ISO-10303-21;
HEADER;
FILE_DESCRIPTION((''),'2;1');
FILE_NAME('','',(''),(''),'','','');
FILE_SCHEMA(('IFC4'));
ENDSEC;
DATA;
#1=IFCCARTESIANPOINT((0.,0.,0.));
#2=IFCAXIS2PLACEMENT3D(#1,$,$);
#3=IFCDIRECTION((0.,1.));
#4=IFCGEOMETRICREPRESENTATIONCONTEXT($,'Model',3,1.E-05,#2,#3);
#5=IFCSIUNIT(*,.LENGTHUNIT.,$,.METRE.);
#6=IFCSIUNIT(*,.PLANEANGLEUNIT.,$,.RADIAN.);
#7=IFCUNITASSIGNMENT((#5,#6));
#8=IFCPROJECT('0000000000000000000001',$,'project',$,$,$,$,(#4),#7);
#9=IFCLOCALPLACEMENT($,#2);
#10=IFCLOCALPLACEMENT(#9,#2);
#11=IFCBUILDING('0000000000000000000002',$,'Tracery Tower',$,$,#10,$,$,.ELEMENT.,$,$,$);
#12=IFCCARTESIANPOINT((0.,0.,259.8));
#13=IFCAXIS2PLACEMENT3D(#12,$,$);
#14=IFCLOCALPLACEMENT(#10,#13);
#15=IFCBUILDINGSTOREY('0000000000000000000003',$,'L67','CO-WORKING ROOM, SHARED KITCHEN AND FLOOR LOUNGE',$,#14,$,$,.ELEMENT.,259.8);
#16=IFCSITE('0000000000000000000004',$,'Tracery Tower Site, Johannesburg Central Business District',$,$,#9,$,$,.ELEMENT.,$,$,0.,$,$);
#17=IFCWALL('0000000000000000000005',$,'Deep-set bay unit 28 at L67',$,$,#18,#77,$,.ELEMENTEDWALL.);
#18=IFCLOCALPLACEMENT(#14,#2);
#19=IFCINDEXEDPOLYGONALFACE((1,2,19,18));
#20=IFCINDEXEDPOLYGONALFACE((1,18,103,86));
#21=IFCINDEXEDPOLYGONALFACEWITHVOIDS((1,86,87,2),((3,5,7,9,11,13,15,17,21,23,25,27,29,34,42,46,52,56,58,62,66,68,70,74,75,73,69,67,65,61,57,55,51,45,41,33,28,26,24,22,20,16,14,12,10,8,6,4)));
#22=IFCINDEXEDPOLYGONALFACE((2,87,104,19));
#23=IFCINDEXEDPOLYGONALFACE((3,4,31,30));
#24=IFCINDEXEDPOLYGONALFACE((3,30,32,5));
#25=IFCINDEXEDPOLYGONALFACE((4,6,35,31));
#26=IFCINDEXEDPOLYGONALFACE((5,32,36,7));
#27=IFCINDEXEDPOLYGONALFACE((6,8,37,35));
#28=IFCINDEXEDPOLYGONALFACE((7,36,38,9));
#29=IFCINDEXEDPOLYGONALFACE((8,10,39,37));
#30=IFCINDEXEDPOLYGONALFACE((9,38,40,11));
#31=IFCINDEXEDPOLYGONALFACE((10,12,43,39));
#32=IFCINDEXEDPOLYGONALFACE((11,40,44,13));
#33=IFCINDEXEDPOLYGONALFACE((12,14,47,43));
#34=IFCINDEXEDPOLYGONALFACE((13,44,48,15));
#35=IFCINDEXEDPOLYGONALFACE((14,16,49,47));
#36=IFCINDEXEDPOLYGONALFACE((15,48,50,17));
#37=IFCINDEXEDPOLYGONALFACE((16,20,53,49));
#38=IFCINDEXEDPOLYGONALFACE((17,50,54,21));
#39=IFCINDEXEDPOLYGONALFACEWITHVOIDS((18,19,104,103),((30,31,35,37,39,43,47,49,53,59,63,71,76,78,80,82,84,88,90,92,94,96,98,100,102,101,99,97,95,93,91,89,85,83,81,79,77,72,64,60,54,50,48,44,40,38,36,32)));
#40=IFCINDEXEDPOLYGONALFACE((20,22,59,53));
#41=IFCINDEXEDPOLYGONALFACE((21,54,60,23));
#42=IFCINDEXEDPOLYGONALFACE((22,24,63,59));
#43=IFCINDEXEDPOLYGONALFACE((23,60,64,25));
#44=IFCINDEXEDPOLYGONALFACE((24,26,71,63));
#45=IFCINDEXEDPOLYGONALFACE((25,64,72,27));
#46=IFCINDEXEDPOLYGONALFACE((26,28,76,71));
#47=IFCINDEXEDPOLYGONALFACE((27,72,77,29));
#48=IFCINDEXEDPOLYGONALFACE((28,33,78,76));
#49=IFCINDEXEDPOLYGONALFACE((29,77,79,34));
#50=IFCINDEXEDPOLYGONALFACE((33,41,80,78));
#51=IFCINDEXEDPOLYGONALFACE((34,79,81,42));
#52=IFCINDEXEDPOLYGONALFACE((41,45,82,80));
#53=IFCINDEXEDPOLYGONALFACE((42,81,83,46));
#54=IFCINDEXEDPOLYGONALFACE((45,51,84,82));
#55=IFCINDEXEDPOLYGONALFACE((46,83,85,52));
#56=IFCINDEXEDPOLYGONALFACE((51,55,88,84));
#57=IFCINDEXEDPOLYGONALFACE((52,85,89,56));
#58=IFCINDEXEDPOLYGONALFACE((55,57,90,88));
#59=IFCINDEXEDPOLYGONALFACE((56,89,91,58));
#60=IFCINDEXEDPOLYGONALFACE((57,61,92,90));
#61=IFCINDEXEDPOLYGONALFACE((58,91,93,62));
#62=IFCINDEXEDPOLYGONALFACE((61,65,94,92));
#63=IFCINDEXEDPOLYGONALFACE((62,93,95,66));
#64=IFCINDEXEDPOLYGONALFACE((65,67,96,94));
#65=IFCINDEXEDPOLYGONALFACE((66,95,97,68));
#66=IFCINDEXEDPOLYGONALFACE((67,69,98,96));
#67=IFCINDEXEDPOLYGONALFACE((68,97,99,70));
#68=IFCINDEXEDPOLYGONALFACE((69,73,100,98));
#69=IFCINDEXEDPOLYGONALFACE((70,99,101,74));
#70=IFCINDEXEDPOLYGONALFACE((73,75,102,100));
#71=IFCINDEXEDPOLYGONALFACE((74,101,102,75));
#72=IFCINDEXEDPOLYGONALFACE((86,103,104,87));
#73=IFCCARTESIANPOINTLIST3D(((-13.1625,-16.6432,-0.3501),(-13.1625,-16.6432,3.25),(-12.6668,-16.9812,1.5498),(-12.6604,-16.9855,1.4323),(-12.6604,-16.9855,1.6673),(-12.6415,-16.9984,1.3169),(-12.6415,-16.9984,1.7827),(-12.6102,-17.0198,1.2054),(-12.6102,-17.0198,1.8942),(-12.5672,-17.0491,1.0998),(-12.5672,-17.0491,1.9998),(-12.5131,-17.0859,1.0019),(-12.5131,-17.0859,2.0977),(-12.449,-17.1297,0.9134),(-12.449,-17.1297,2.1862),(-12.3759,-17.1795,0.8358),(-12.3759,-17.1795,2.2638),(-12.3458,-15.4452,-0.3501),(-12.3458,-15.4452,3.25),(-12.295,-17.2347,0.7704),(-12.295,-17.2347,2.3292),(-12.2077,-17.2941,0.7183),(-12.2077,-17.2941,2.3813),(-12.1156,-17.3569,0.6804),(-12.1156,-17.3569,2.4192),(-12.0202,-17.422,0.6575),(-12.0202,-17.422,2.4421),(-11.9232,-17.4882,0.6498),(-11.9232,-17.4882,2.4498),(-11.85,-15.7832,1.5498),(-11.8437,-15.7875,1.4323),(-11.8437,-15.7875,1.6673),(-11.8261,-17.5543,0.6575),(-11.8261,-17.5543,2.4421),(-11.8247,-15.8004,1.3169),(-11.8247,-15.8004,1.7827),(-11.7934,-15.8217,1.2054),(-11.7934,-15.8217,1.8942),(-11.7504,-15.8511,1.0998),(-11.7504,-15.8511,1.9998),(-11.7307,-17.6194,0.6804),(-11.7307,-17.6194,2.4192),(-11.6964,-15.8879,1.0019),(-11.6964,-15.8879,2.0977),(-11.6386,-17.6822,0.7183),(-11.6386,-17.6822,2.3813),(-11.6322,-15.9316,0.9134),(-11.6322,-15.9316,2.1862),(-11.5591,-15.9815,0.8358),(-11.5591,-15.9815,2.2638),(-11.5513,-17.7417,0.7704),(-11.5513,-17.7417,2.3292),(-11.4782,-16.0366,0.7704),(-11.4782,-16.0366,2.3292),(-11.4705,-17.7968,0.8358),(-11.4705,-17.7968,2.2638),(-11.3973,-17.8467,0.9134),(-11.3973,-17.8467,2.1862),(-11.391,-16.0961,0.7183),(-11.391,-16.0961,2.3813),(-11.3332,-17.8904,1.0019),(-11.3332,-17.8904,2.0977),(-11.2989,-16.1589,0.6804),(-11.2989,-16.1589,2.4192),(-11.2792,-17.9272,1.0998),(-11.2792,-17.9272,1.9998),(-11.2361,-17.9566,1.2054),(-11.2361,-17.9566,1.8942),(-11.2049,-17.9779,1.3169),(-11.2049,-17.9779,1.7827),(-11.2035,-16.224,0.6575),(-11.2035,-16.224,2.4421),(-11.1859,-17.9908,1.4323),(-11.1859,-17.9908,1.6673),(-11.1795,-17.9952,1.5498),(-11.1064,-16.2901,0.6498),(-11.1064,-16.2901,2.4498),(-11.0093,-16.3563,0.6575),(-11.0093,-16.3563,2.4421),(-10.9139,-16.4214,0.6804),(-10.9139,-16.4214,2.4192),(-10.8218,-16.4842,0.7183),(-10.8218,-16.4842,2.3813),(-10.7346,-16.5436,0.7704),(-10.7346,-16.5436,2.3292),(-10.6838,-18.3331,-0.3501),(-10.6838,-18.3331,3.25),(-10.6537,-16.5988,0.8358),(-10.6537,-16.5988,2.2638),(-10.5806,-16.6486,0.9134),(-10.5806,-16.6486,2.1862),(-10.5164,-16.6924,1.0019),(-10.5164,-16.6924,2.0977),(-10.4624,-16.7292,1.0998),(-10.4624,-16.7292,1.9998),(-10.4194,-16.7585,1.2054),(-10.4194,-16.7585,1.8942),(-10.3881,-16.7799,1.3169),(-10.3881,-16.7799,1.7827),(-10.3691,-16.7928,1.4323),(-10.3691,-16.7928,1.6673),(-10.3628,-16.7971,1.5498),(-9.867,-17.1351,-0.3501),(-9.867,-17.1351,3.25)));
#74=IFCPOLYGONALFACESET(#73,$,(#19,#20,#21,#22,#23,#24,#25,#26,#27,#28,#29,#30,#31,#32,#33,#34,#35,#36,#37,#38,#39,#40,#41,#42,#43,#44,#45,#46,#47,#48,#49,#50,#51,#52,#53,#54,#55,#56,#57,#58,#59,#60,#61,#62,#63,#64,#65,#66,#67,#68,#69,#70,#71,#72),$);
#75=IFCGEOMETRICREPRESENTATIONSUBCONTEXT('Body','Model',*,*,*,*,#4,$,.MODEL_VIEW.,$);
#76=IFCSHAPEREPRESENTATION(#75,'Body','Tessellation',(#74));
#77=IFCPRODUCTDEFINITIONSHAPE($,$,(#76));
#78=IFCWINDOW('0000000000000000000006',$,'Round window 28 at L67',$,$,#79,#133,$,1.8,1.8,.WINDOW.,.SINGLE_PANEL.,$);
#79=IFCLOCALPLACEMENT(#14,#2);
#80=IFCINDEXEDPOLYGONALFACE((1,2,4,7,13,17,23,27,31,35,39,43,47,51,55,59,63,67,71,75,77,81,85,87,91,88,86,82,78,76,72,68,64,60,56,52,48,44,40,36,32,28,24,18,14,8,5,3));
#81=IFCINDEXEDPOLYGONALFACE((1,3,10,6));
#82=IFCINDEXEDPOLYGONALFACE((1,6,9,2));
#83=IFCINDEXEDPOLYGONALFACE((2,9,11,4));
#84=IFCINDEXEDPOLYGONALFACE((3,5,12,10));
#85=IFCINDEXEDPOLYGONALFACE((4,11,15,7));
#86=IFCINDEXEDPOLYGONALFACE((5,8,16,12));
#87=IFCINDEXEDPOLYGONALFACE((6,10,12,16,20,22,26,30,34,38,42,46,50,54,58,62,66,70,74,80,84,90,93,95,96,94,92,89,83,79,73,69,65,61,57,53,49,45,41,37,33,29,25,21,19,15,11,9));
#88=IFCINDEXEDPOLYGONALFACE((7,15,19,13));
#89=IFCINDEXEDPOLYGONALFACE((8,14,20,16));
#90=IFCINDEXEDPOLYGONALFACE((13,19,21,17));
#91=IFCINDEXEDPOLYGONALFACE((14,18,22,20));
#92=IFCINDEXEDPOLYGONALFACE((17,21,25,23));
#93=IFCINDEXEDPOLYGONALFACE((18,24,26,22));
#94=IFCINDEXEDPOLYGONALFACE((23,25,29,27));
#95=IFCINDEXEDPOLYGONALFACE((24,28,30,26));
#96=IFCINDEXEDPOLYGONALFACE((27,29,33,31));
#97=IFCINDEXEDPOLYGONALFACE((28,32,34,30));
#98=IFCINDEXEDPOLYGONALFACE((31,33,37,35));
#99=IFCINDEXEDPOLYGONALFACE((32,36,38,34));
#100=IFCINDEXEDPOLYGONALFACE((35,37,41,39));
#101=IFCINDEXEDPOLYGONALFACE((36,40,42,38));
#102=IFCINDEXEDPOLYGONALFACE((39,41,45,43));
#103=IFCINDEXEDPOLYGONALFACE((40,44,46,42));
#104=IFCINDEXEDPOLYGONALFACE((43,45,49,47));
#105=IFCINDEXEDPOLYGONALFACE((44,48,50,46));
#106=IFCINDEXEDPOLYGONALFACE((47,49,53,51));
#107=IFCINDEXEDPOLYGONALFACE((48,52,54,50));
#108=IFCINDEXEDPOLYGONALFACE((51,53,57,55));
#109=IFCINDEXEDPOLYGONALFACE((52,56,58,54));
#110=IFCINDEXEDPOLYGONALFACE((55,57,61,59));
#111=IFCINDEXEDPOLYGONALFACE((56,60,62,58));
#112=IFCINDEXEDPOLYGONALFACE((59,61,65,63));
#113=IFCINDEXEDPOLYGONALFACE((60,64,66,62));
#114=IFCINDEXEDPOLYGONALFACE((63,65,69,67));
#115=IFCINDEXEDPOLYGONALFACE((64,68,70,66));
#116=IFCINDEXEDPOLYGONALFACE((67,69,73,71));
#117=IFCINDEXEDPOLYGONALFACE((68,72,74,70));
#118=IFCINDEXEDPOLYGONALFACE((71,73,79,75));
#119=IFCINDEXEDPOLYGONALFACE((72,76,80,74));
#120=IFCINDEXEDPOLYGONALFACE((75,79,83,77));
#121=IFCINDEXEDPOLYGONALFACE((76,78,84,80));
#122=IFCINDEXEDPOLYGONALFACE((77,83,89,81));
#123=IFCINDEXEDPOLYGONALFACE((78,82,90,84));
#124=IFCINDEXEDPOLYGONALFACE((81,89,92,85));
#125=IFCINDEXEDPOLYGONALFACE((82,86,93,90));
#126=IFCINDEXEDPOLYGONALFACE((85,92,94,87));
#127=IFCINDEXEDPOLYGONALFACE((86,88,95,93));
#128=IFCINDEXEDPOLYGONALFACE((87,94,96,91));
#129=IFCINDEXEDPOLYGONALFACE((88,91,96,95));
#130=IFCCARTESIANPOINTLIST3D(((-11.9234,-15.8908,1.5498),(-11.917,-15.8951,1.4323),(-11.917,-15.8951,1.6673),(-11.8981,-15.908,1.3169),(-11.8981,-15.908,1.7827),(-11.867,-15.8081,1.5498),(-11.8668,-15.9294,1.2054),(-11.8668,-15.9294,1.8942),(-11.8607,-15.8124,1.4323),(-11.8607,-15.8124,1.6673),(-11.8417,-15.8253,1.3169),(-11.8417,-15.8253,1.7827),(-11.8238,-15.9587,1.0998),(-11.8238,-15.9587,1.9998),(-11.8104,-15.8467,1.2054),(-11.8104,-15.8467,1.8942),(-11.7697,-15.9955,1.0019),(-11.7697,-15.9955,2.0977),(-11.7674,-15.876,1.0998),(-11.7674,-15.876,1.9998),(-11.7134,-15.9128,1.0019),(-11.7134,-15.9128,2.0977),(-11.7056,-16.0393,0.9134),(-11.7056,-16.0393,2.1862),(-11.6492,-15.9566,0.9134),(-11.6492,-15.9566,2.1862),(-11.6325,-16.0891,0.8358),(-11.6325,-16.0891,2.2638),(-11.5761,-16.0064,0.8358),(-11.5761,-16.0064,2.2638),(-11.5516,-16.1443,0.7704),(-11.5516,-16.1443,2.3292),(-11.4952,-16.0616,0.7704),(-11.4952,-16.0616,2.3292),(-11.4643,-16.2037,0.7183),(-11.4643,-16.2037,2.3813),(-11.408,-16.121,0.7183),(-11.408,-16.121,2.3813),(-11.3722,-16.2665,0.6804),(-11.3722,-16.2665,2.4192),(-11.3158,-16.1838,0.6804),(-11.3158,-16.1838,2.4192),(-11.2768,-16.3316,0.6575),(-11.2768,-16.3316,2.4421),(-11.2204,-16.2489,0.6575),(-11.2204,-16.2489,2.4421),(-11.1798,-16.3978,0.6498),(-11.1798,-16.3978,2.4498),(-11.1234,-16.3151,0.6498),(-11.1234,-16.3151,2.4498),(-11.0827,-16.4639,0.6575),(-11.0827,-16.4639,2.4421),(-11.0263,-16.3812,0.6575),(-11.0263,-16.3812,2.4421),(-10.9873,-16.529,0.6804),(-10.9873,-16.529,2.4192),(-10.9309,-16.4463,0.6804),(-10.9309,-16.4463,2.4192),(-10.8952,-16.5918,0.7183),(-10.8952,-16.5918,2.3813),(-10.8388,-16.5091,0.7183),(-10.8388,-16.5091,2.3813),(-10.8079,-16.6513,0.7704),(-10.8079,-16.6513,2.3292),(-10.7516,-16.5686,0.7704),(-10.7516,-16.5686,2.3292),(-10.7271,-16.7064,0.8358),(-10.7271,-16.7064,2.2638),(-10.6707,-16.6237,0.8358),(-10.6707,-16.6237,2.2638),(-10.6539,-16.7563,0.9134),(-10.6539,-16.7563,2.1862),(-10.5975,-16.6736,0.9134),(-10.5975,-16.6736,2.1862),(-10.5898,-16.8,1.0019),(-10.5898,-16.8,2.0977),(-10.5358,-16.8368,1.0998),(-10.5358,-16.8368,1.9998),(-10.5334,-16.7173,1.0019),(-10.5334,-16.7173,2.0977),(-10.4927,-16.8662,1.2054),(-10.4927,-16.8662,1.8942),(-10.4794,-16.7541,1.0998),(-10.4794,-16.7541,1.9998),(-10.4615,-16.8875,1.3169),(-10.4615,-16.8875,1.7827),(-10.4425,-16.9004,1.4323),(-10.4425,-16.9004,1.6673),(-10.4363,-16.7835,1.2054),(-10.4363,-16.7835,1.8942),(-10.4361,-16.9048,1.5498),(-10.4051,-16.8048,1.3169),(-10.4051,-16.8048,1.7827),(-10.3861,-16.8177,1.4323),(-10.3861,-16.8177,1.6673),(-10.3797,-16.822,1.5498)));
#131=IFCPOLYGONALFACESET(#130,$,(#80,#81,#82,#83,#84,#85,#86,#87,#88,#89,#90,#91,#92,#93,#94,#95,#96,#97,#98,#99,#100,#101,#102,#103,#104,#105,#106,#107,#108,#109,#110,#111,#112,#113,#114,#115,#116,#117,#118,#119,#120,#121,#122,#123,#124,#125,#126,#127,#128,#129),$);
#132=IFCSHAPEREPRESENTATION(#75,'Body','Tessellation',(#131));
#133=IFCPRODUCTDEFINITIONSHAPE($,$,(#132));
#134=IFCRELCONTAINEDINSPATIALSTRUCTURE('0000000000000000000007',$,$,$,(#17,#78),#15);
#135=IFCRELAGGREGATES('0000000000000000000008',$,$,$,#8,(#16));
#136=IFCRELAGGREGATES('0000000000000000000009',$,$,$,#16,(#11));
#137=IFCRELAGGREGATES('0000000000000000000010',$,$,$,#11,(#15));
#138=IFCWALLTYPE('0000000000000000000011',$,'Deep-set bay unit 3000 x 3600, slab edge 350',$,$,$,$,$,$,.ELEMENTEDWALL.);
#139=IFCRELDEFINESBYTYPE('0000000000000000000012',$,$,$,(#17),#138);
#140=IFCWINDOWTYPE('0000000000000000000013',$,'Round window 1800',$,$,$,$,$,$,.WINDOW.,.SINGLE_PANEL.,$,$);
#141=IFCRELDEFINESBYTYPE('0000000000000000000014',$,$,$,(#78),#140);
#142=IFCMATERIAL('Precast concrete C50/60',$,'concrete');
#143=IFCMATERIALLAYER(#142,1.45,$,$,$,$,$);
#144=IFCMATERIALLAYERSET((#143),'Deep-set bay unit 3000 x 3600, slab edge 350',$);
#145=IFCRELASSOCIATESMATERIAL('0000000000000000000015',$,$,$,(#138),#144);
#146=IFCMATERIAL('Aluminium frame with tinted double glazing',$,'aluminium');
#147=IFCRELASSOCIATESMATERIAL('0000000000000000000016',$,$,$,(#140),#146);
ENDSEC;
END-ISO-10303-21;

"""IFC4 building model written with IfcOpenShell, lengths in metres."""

from ifc_helpers import new_model, si_unit, direction, frame, frame_2d, origin, origin_2d, place, context, subcontext, project, spatial, rectangle, circle, extrude, material, layer, layer_set, type_object, element, fill, save


model = new_model("IFC4")

# Units and contexts
model_context = context("Model", 3, precision=1e-05, world=origin(), true_north=direction((0.0, 1.0)))
body_context = subcontext(model_context, "Body", "Model", "MODEL_VIEW")
ifc_project = project(units=[si_unit("LENGTHUNIT", "METRE"), si_unit("PLANEANGLEUNIT", "RADIAN")], contexts=[model_context])

# Site, building, storey
site_placement = place(None, origin())
site = spatial("IfcSite", under=ifc_project, at=site_placement, Name="Tracery Tower Site, Johannesburg Central Business District", CompositionType="ELEMENT", RefElevation=0.0)
building_placement = place(site_placement, origin())
building = spatial("IfcBuilding", under=site, at=building_placement, Name="Tracery Tower", CompositionType="ELEMENT")
storey_placement = place(building_placement, frame((0.0, 0.0, 259.8)))
storey = spatial("IfcBuildingStorey", under=building, at=storey_placement, Name="L67", Description="CO-WORKING ROOM, SHARED KITCHEN AND FLOOR LOUNGE", CompositionType="ELEMENT", Elevation=259.8)

# Wall, opening, window
ifc_material_1 = material(Name="Precast concrete C50/60", Category="concrete")
ifc_layer_1 = layer(ifc_material_1, 1.45)
ifc_layer_set_1 = layer_set([ifc_layer_1], Name="Deep-set bay unit 3000 x 3600, slab edge 350")
wall_type_1 = type_object("IfcWallType", Name="Deep-set bay unit 3000 x 3600, slab edge 350", PredefinedType="ELEMENTEDWALL", material=ifc_layer_set_1)
wall_1_placement = place(storey_placement, frame((-12.7542, -16.0442, -0.3501), z_axis=(0.0, 0.0, 1.0), x_axis=(0.826246, -0.563309, 0.0)))
wall_1 = element("IfcWall", 1, at=wall_1_placement, inside=storey, type_object=wall_type_1, Name="Deep-set bay unit 28 at L67", PredefinedType="ELEMENTEDWALL", context=body_context, shape_type="SweptSolid", body=[
    extrude(rectangle(XDim=3.0, YDim=1.45, at=frame_2d((1.5, 0.0))), origin(), (0.0, 0.0, 1.0), 3.6001),
])
opening_1_placement = place(wall_1_placement, frame((1.5, 0.0, 1.8999)))
opening_1 = element("IfcOpeningElement", 2, at=opening_1_placement, cuts=wall_1, PredefinedType="OPENING", context=body_context, shape_type="SweptSolid", body=[
    extrude(circle(Radius=0.9, at=origin_2d()), frame((0.0, 0.7349, 0.0), z_axis=(0.0, -1.0, 0.0), x_axis=(1.0, 0.0, 0.0)), (0.0, 0.0, 1.0), 1.47),
])
ifc_material_2 = material(Name="Aluminium frame with tinted double glazing", Category="aluminium")
window_type = type_object("IfcWindowType", Name="Round window 1800", PartitioningType="SINGLE_PANEL", PredefinedType="WINDOW", material=ifc_material_2)
window_1_placement = place(opening_1_placement, origin())
window_1 = element("IfcWindow", 3, at=window_1_placement, inside=storey, type_object=window_type, Name="Round window 28 at L67", OverallHeight=1.8, OverallWidth=1.8, PartitioningType="SINGLE_PANEL", PredefinedType="WINDOW", context=body_context, shape_type="SweptSolid", body=[
    extrude(circle(Radius=0.9, at=origin_2d()), frame((0.0, 0.6948, 0.0), z_axis=(0.0, -1.0, 0.0), x_axis=(1.0, 0.0, 0.0)), (0.0, 0.0, 1.0), 0.1001),
])
fill(opening_1, window_1)

save(model, "model.ifc")
